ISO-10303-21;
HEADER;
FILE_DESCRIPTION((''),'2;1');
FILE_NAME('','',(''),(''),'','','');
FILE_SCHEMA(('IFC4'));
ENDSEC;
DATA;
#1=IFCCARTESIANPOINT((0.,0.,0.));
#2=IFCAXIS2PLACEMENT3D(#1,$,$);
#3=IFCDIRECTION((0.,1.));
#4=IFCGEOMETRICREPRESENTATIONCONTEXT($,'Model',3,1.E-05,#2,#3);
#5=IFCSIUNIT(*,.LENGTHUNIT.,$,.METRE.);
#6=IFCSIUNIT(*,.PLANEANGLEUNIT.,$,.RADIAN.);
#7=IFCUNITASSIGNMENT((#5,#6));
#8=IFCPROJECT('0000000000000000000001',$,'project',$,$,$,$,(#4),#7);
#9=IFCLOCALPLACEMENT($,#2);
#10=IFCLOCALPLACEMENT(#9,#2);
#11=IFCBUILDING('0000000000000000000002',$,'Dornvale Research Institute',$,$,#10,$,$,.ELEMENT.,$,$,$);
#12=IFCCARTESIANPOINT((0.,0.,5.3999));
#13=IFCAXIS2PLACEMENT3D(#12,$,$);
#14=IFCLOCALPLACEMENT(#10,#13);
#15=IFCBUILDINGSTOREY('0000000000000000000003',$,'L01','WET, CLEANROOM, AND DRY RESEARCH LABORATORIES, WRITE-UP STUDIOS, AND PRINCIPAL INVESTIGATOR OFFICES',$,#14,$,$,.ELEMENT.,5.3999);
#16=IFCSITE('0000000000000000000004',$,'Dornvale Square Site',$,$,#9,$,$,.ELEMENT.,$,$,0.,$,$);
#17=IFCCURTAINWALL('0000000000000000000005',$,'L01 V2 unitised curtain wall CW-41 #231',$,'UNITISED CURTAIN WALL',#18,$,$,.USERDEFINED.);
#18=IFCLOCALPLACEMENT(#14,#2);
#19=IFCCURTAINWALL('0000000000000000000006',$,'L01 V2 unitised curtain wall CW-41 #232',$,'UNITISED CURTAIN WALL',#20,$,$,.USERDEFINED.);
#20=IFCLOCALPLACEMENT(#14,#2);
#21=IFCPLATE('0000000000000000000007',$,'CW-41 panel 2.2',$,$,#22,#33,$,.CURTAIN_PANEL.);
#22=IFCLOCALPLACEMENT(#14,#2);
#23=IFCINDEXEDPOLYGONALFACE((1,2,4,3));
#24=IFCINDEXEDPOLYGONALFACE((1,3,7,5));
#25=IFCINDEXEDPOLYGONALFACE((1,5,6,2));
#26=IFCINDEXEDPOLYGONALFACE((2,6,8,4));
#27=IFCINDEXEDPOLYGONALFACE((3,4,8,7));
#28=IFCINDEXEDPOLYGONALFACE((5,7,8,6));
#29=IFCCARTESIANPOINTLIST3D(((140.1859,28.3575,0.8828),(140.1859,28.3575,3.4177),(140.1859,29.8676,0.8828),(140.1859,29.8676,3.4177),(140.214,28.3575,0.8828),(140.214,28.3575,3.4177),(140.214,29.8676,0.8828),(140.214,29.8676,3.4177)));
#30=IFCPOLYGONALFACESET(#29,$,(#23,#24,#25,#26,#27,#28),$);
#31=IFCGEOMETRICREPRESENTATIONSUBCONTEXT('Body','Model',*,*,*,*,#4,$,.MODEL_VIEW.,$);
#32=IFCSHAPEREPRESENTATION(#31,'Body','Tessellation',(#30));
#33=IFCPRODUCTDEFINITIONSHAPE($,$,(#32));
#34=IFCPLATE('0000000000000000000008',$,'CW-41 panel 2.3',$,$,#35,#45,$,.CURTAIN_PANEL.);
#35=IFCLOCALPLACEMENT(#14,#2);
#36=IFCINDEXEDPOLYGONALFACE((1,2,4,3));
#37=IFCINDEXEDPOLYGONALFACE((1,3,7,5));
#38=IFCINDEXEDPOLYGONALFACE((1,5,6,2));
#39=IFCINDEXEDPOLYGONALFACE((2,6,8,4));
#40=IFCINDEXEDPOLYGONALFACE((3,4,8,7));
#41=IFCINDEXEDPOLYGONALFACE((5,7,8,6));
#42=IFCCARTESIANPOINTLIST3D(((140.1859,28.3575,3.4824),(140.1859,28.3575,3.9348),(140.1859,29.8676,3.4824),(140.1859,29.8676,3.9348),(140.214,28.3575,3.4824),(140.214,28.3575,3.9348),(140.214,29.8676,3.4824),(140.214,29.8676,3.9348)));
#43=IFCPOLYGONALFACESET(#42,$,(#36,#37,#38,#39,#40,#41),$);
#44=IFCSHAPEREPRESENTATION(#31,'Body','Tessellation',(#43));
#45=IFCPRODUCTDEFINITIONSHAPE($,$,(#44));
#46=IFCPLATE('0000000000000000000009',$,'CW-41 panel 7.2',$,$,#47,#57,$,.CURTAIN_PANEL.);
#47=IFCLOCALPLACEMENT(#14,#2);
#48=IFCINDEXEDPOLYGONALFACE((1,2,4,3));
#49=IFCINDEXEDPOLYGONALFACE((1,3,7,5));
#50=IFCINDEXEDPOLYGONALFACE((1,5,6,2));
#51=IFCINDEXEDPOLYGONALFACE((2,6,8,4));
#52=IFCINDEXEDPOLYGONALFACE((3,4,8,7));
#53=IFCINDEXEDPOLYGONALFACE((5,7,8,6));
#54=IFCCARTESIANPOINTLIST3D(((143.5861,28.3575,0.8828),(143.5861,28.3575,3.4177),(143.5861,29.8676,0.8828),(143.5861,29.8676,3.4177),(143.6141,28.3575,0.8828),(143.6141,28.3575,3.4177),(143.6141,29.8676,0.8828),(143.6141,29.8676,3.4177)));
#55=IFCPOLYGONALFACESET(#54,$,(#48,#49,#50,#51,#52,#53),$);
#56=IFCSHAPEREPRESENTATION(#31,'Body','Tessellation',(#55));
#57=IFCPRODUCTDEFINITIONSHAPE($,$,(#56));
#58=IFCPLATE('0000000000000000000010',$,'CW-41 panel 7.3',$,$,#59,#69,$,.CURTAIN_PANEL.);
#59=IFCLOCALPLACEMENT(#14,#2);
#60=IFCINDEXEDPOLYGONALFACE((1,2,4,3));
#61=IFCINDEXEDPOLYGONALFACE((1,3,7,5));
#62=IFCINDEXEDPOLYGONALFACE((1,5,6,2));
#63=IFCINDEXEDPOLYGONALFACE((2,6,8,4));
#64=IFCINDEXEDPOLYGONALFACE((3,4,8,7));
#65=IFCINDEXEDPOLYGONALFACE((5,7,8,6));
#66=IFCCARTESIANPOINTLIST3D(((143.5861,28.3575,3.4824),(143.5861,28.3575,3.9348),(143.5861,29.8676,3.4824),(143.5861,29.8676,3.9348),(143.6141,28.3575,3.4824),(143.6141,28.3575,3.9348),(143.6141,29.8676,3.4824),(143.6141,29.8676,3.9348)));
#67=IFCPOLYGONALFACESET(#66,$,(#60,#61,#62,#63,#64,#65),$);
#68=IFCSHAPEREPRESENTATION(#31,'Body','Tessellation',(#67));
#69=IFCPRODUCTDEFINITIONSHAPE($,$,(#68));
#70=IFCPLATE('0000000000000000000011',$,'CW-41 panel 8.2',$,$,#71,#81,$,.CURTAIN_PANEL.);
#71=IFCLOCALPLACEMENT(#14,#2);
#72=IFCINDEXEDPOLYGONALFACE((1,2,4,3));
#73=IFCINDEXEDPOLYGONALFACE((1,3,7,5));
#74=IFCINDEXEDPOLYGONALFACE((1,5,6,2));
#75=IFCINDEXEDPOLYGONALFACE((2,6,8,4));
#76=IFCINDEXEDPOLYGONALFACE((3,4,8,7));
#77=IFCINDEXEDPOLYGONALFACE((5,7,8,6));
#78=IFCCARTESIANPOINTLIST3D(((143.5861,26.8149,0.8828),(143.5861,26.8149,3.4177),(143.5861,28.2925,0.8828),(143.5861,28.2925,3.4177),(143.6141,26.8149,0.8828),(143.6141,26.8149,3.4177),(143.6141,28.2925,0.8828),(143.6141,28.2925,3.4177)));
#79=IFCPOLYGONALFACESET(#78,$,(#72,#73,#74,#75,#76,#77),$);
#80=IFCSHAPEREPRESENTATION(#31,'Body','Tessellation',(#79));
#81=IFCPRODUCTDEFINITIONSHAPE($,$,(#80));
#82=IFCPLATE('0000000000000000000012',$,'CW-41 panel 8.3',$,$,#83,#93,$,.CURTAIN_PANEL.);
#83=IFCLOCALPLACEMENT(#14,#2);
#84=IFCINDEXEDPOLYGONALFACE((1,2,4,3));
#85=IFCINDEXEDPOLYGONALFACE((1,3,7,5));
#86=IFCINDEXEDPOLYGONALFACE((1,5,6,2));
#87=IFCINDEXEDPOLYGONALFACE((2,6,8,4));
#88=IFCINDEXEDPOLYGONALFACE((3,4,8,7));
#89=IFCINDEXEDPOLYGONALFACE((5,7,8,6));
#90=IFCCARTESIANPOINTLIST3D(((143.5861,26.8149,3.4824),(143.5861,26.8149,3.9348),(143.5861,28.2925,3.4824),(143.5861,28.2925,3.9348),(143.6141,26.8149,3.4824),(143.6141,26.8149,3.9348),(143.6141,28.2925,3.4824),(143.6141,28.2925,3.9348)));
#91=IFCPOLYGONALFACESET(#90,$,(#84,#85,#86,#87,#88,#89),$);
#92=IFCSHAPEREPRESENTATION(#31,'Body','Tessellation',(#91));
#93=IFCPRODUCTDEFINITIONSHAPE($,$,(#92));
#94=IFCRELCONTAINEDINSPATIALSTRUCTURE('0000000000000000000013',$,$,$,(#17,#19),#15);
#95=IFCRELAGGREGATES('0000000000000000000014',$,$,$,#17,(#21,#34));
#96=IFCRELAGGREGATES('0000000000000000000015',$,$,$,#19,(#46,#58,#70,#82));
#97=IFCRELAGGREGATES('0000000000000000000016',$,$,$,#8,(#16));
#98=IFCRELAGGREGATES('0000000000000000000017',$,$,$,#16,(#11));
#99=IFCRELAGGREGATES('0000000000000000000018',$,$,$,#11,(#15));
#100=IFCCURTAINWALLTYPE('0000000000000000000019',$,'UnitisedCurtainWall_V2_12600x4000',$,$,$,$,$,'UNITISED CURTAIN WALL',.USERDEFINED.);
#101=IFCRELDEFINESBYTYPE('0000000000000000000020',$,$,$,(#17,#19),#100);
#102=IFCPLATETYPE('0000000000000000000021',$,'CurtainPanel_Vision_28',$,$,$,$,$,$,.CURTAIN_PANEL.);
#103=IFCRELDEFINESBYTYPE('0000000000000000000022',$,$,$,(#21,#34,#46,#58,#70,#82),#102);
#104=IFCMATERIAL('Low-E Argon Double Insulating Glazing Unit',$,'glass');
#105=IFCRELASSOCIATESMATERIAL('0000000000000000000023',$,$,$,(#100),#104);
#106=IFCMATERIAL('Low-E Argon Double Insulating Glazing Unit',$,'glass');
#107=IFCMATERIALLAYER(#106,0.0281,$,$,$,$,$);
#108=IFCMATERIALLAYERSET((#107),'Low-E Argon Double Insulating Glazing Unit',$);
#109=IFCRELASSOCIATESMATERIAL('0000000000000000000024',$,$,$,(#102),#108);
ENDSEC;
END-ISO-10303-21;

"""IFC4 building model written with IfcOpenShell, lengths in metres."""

from ifc_helpers import new_model, si_unit, direction, frame, origin, origin_2d, place, context, subcontext, project, spatial, rectangle, extrude, material, layer, layer_set, type_object, element, aggregate, save


model = new_model("IFC4")

# Units and contexts
model_context = context("Model", 3, precision=1e-05, world=origin(), true_north=direction((0.0, 1.0)))
body_context = subcontext(model_context, "Body", "Model", "MODEL_VIEW")
ifc_project = project(units=[si_unit("LENGTHUNIT", "METRE"), si_unit("PLANEANGLEUNIT", "RADIAN")], contexts=[model_context])

# Site, building, storey
site_placement = place(None, origin())
site = spatial("IfcSite", under=ifc_project, at=site_placement, Name="Dornvale Square Site", CompositionType="ELEMENT", RefElevation=0.0)
building_placement = place(site_placement, origin())
building = spatial("IfcBuilding", under=site, at=building_placement, Name="Dornvale Research Institute", CompositionType="ELEMENT")
storey_placement = place(building_placement, frame((0.0, 0.0, 5.3999)))
storey = spatial("IfcBuildingStorey", under=building, at=storey_placement, Name="L01", Description="WET, CLEANROOM, AND DRY RESEARCH LABORATORIES, WRITE-UP STUDIOS, AND PRINCIPAL INVESTIGATOR OFFICES", CompositionType="ELEMENT", Elevation=5.3999)

# Curtain walls
ifc_material_1 = material(Name="Low-E Argon Double Insulating Glazing Unit", Category="glass")
curtain_wall_type = type_object("IfcCurtainWallType", Name="UnitisedCurtainWall_V2_12600x4000", ElementType="UNITISED CURTAIN WALL", PredefinedType="USERDEFINED", material=ifc_material_1)
curtain_wall_1_placement = place(storey_placement, origin())
curtain_wall_1 = element("IfcCurtainWall", 1, at=curtain_wall_1_placement, inside=storey, type_object=curtain_wall_type, Name="L01 V2 unitised curtain wall CW-41 #231", ObjectType="UNITISED CURTAIN WALL", PredefinedType="USERDEFINED")
curtain_wall_2_placement = place(storey_placement, origin())
curtain_wall_2 = element("IfcCurtainWall", 2, at=curtain_wall_2_placement, inside=storey, type_object=curtain_wall_type, Name="L01 V2 unitised curtain wall CW-41 #232", ObjectType="UNITISED CURTAIN WALL", PredefinedType="USERDEFINED")

# Plates
ifc_material_2 = material(Name="Low-E Argon Double Insulating Glazing Unit", Category="glass")
ifc_layer_1 = layer(ifc_material_2, 0.0281)
ifc_layer_set_1 = layer_set([ifc_layer_1], Name="Low-E Argon Double Insulating Glazing Unit")
plate_type_1 = type_object("IfcPlateType", Name="CurtainPanel_Vision_28", PredefinedType="CURTAIN_PANEL", material=ifc_layer_set_1)
plate_1_placement = place(storey_placement, frame((140.2, 29.1125, 0.8828), z_axis=(0.0, 0.0, 1.0), x_axis=(0.0, 1.0, 0.0)))
plate_1 = element("IfcPlate", 3, at=plate_1_placement, type_object=plate_type_1, Name="CW-41 panel 2.2", PredefinedType="CURTAIN_PANEL", context=body_context, shape_type="SweptSolid", body=[
    extrude(rectangle(XDim=1.51, YDim=0.0281, at=origin_2d()), origin(), (0.0, 0.0, 1.0), 2.5349),
])
plate_2_placement = place(storey_placement, frame((140.2, 29.1125, 3.4824), z_axis=(0.0, 0.0, 1.0), x_axis=(0.0, 1.0, 0.0)))
plate_2 = element("IfcPlate", 4, at=plate_2_placement, type_object=plate_type_1, Name="CW-41 panel 2.3", PredefinedType="CURTAIN_PANEL", context=body_context, shape_type="SweptSolid", body=[
    extrude(rectangle(XDim=1.51, YDim=0.0281, at=origin_2d()), origin(), (0.0, 0.0, 1.0), 0.4524),
])
aggregate(curtain_wall_1, [plate_1, plate_2])
plate_3_placement = place(storey_placement, frame((143.6001, 29.1125, 0.8828), z_axis=(0.0, 0.0, 1.0), x_axis=(0.0, -1.0, 0.0)))
plate_3 = element("IfcPlate", 5, at=plate_3_placement, type_object=plate_type_1, Name="CW-41 panel 7.2", PredefinedType="CURTAIN_PANEL", context=body_context, shape_type="SweptSolid", body=[
    extrude(rectangle(XDim=1.51, YDim=0.0281, at=origin_2d()), origin(), (0.0, 0.0, 1.0), 2.5349),
])
plate_4_placement = place(storey_placement, frame((143.6001, 29.1125, 3.4824), z_axis=(0.0, 0.0, 1.0), x_axis=(0.0, -1.0, 0.0)))
plate_4 = element("IfcPlate", 6, at=plate_4_placement, type_object=plate_type_1, Name="CW-41 panel 7.3", PredefinedType="CURTAIN_PANEL", context=body_context, shape_type="SweptSolid", body=[
    extrude(rectangle(XDim=1.51, YDim=0.0281, at=origin_2d()), origin(), (0.0, 0.0, 1.0), 0.4524),
])
plate_5_placement = place(storey_placement, frame((143.6001, 27.5537, 0.8828), z_axis=(0.0, 0.0, 1.0), x_axis=(0.0, -1.0, 0.0)))
plate_5 = element("IfcPlate", 7, at=plate_5_placement, type_object=plate_type_1, Name="CW-41 panel 8.2", PredefinedType="CURTAIN_PANEL", context=body_context, shape_type="SweptSolid", body=[
    extrude(rectangle(XDim=1.4775, YDim=0.0281, at=origin_2d()), origin(), (0.0, 0.0, 1.0), 2.5349),
])
plate_6_placement = place(storey_placement, frame((143.6001, 27.5537, 3.4824), z_axis=(0.0, 0.0, 1.0), x_axis=(0.0, -1.0, 0.0)))
plate_6 = element("IfcPlate", 8, at=plate_6_placement, type_object=plate_type_1, Name="CW-41 panel 8.3", PredefinedType="CURTAIN_PANEL", context=body_context, shape_type="SweptSolid", body=[
    extrude(rectangle(XDim=1.4775, YDim=0.0281, at=origin_2d()), origin(), (0.0, 0.0, 1.0), 0.4524),
])
aggregate(curtain_wall_2, [plate_3, plate_4, plate_5, plate_6])

save(model, "model.ifc")
